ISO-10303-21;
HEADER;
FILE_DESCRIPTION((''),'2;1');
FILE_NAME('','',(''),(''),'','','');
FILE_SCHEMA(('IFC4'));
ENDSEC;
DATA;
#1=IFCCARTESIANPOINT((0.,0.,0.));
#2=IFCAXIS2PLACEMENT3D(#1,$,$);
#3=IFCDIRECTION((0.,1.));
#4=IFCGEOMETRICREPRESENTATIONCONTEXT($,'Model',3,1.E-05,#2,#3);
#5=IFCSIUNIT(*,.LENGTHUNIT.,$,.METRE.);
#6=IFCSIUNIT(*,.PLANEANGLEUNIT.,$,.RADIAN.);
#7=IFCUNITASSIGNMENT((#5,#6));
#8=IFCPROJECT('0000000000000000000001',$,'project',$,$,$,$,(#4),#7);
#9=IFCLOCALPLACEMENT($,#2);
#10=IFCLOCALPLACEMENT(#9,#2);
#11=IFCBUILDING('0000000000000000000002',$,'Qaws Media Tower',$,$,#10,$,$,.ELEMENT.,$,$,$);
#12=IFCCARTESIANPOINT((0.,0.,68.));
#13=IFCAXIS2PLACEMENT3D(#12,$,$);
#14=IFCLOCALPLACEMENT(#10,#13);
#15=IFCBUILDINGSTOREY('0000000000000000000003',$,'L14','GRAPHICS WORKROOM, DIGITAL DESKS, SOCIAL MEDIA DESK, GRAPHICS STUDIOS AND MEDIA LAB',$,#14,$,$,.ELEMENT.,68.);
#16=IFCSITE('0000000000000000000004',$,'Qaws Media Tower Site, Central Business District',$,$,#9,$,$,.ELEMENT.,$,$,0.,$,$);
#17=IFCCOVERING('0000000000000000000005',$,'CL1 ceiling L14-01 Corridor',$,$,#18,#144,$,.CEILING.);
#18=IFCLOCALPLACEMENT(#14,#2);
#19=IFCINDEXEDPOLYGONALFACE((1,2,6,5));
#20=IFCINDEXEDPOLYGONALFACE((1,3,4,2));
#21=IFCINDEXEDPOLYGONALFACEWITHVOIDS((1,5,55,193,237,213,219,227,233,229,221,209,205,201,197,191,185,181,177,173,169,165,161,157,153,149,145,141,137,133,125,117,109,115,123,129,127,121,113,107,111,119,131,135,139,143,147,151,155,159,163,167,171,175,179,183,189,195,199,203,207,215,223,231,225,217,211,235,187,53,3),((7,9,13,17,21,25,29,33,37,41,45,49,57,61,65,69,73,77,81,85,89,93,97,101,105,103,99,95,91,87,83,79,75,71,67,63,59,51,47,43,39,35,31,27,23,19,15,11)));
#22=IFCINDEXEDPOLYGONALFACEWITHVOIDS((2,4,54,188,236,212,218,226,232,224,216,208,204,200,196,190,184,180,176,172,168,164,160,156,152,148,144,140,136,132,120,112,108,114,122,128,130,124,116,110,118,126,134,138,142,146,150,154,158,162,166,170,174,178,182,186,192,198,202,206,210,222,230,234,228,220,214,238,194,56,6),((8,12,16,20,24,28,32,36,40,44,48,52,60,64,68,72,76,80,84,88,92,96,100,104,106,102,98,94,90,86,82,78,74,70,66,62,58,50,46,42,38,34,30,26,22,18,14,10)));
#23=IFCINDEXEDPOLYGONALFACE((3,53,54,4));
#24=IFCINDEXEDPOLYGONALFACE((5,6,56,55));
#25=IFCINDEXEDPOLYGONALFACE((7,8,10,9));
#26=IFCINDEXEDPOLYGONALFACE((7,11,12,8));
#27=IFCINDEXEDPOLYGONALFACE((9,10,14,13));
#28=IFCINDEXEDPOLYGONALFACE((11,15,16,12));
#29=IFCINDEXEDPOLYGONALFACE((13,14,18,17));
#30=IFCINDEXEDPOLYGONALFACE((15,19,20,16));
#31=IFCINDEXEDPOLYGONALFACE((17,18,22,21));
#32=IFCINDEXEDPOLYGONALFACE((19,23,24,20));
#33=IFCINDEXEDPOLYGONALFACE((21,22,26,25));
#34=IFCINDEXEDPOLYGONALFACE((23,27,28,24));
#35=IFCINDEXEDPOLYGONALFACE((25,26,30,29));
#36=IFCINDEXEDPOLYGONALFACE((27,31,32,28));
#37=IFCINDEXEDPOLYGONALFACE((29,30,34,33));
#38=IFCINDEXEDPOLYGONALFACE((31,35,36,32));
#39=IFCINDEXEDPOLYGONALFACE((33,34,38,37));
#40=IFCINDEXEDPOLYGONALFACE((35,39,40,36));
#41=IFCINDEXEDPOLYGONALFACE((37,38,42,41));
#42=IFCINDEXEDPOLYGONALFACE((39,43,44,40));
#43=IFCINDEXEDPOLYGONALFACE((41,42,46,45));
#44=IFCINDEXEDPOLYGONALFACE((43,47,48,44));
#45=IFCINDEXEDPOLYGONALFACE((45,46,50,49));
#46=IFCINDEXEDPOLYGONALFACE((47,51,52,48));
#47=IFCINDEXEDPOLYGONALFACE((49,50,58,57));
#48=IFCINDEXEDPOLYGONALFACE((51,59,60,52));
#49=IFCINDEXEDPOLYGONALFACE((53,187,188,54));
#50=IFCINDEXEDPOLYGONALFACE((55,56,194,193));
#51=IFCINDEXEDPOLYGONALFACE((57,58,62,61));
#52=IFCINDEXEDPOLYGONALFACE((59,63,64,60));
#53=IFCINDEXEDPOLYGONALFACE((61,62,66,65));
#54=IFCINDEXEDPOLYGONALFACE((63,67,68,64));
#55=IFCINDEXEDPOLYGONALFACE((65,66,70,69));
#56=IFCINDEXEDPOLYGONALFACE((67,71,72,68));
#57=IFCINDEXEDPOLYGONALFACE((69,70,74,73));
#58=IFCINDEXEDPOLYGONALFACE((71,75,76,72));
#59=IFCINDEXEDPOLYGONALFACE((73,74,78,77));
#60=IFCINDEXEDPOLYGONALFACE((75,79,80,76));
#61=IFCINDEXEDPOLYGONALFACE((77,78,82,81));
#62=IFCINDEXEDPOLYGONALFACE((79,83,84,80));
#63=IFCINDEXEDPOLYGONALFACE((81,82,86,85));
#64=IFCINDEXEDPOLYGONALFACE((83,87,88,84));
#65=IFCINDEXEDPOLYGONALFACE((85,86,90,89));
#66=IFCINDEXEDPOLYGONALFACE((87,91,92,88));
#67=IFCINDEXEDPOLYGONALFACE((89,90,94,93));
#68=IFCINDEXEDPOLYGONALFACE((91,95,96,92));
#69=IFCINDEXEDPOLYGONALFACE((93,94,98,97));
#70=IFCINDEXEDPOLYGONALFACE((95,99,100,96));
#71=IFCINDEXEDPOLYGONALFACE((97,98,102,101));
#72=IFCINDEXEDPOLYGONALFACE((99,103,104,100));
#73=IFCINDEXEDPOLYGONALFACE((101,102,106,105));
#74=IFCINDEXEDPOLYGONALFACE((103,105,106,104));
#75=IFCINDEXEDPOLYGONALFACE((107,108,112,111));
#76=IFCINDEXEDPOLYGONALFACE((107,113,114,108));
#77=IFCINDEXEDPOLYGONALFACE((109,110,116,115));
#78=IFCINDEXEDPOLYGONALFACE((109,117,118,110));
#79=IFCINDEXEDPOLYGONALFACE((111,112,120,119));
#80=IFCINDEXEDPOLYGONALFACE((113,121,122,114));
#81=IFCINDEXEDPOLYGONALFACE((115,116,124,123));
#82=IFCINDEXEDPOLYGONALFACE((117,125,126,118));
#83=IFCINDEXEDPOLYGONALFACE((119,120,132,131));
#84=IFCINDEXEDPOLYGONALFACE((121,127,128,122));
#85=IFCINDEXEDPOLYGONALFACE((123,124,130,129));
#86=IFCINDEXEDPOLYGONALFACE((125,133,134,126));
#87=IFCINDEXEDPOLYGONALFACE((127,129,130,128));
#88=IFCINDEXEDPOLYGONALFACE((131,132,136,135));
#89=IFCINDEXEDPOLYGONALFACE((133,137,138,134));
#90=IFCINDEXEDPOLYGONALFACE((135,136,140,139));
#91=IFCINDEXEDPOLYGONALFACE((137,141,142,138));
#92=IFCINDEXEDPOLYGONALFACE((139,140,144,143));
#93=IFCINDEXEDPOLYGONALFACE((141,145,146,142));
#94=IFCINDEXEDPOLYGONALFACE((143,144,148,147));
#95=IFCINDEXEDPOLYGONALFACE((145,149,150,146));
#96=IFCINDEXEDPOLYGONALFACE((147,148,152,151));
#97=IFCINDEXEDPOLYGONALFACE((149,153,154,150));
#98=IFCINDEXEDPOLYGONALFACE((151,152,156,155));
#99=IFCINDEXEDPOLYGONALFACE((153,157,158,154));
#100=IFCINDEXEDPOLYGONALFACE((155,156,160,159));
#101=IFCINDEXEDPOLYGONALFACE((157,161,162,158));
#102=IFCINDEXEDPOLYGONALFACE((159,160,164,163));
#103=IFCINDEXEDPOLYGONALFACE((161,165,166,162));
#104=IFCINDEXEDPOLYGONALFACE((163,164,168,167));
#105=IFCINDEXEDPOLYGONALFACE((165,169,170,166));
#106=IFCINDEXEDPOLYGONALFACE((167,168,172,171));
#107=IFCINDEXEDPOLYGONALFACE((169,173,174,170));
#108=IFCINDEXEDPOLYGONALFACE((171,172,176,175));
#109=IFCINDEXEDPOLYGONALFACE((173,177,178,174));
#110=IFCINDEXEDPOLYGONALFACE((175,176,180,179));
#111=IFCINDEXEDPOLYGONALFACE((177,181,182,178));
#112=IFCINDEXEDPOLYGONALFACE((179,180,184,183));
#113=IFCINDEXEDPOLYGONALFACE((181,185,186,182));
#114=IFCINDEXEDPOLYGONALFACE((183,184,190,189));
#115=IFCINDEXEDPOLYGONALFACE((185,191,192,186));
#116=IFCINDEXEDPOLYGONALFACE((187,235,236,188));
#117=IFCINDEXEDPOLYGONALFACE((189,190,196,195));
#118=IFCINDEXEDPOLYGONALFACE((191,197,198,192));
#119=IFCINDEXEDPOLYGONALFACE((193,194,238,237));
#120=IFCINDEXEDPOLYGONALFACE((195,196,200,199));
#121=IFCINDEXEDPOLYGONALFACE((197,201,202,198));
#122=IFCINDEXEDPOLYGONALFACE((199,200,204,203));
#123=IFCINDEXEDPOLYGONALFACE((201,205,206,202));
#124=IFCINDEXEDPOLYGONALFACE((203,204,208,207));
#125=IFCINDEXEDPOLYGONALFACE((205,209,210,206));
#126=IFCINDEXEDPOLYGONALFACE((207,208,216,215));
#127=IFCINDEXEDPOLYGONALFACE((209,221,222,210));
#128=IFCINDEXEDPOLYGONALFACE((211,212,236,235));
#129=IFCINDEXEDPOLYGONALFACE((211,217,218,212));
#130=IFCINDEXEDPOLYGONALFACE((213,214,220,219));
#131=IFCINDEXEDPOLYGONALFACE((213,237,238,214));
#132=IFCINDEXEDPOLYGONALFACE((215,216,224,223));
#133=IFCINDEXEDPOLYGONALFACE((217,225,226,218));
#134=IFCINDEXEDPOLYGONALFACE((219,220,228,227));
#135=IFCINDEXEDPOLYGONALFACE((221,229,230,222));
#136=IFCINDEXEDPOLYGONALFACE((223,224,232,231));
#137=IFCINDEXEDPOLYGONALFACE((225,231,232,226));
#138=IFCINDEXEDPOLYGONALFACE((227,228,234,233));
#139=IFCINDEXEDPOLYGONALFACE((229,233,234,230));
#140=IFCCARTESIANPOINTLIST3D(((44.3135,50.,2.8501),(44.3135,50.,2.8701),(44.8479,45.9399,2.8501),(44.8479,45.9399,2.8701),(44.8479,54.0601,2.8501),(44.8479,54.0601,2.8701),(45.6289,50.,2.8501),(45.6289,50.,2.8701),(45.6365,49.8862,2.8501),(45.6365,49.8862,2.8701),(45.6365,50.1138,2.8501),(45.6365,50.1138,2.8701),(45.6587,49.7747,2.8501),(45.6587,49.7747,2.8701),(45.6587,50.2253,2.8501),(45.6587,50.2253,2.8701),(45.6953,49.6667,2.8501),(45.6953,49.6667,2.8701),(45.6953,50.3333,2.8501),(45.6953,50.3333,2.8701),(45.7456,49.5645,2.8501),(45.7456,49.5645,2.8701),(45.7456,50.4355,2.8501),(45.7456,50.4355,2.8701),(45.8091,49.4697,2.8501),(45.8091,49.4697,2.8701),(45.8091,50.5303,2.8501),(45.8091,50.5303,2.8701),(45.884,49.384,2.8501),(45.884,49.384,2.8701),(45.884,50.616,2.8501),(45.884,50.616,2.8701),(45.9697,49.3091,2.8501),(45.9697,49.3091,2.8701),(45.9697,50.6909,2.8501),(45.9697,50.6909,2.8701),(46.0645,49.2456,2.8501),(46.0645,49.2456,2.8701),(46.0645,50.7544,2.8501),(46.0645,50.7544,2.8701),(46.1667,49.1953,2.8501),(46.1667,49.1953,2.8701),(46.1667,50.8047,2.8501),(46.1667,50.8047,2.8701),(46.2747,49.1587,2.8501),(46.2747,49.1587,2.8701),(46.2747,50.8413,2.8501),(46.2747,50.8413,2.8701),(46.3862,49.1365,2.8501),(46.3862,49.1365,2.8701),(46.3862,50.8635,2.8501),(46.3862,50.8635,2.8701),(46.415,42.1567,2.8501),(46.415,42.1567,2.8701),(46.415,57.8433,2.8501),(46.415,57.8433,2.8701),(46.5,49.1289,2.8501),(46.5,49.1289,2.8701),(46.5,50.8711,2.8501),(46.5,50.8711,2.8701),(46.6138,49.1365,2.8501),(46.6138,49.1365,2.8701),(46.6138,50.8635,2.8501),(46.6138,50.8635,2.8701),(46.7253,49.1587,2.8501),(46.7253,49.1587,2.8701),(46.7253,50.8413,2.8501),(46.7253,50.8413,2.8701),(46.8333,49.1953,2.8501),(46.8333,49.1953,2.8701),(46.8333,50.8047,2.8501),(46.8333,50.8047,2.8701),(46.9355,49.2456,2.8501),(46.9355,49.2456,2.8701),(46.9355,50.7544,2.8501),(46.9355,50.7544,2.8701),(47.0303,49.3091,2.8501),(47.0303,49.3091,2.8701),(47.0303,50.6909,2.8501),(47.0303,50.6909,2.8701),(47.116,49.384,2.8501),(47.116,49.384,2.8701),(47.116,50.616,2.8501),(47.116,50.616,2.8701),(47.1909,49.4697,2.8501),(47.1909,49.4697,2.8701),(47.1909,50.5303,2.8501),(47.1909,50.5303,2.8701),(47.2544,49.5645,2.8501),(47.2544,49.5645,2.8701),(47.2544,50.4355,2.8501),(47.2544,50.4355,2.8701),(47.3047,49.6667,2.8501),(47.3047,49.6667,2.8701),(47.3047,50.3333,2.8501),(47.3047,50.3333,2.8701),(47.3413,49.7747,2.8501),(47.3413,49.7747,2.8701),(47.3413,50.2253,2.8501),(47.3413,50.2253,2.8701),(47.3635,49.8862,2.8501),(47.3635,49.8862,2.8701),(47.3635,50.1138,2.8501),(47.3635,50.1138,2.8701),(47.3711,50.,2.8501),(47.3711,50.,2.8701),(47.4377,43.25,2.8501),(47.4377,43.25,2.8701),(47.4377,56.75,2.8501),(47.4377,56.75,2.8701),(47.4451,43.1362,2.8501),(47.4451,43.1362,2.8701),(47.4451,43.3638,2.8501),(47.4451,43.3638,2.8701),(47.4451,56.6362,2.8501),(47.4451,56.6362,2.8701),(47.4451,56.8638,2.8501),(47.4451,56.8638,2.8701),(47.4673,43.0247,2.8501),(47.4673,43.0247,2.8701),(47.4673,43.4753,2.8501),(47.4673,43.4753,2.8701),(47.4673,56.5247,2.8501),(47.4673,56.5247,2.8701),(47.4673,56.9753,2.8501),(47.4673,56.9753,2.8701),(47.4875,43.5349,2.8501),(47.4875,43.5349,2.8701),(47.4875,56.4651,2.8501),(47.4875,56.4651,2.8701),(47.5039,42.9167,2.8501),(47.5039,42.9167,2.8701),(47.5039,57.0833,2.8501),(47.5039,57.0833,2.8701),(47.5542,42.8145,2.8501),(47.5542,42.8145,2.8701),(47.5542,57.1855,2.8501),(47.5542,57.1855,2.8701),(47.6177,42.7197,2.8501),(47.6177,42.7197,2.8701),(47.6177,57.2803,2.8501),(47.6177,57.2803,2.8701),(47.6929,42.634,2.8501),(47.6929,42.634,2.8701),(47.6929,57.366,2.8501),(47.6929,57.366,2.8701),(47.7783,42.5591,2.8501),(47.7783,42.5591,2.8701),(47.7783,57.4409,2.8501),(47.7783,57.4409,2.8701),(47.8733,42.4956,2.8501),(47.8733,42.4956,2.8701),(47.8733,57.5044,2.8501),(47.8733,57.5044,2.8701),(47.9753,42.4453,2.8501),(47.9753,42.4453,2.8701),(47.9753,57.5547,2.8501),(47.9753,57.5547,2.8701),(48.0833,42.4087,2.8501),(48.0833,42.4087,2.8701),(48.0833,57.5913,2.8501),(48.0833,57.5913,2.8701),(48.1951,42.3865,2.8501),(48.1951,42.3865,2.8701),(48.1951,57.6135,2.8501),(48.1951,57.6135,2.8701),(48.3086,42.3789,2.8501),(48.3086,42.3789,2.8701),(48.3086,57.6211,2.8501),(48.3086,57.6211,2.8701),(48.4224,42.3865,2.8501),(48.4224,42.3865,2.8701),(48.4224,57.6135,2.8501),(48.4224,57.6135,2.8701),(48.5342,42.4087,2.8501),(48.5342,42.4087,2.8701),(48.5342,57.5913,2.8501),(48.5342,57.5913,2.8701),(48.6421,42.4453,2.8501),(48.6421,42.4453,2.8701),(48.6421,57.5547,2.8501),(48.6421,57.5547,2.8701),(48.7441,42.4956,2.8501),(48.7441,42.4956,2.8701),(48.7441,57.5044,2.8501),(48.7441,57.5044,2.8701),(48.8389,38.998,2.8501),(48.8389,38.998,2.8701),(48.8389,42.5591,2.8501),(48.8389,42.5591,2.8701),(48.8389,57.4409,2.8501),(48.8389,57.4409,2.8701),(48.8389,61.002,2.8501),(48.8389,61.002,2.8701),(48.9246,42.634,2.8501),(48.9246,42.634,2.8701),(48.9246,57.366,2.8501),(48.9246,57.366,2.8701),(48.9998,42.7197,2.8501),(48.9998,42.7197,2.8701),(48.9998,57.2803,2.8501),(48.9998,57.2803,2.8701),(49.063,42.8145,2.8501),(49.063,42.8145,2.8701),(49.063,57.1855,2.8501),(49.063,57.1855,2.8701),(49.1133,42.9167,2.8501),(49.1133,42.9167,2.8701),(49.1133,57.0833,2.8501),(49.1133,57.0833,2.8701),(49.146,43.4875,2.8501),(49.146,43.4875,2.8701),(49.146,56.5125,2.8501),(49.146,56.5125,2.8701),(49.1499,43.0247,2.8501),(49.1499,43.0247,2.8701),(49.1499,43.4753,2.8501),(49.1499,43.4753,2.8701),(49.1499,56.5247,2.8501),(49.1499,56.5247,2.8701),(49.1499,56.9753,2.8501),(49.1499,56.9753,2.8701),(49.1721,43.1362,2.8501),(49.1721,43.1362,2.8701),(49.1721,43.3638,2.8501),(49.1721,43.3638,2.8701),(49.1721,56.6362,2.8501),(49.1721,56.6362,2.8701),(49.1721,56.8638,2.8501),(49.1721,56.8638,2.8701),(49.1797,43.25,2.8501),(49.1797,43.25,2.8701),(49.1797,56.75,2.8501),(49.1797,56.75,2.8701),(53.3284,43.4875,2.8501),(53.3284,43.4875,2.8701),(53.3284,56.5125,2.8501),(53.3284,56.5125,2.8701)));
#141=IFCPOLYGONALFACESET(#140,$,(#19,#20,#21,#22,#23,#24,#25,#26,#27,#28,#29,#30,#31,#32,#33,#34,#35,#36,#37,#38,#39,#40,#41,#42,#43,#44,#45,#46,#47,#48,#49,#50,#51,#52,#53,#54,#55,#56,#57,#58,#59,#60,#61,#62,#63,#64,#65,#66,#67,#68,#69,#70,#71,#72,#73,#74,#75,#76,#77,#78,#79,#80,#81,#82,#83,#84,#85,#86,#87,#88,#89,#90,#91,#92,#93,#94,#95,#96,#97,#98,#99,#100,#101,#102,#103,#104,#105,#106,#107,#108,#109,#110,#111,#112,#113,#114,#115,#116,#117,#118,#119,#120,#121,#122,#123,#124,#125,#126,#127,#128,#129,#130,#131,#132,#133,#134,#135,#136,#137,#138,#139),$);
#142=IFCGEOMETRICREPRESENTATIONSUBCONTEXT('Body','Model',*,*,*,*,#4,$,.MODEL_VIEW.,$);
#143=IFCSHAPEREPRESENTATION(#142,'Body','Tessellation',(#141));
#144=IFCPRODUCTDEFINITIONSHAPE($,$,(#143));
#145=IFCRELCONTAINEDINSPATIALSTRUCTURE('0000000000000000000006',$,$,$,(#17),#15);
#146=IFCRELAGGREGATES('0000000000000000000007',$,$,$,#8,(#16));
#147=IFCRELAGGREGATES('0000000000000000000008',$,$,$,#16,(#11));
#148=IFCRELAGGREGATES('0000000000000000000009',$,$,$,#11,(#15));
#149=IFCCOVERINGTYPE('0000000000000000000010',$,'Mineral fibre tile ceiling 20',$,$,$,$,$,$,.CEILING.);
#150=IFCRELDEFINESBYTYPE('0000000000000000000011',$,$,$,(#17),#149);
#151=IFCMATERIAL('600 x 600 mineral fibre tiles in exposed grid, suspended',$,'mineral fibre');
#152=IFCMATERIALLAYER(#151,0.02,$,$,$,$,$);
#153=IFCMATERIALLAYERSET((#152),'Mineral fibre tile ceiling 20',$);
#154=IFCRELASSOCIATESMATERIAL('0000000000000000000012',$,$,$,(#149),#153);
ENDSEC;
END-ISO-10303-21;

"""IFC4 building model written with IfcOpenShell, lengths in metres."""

from ifc_helpers import new_model, si_unit, direction, frame, origin, place, context, subcontext, project, spatial, polyline, outline, extrude, material, layer, layer_set, type_object, element, save


model = new_model("IFC4")

# Units and contexts
model_context = context("Model", 3, precision=1e-05, world=origin(), true_north=direction((0.0, 1.0)))
body_context = subcontext(model_context, "Body", "Model", "MODEL_VIEW")
ifc_project = project(units=[si_unit("LENGTHUNIT", "METRE"), si_unit("PLANEANGLEUNIT", "RADIAN")], contexts=[model_context])

# Site, building, storey
site_placement = place(None, origin())
site = spatial("IfcSite", under=ifc_project, at=site_placement, Name="Qaws Media Tower Site, Central Business District", CompositionType="ELEMENT", RefElevation=0.0)
building_placement = place(site_placement, origin())
building = spatial("IfcBuilding", under=site, at=building_placement, Name="Qaws Media Tower", CompositionType="ELEMENT")
storey_placement = place(building_placement, frame((0.0, 0.0, 68.0)))
storey = spatial("IfcBuildingStorey", under=building, at=storey_placement, Name="L14", Description="GRAPHICS WORKROOM, DIGITAL DESKS, SOCIAL MEDIA DESK, GRAPHICS STUDIOS AND MEDIA LAB", CompositionType="ELEMENT", Elevation=68.0)

# Covering
ifc_material_1 = material(Name="600 x 600 mineral fibre tiles in exposed grid, suspended", Category="mineral fibre")
ifc_layer_1 = layer(ifc_material_1, 0.02)
ifc_layer_set_1 = layer_set([ifc_layer_1], Name="Mineral fibre tile ceiling 20")
covering_type_1 = type_object("IfcCoveringType", Name="Mineral fibre tile ceiling 20", PredefinedType="CEILING", material=ifc_layer_set_1)
covering_1_placement = place(storey_placement, frame((0.0, 0.0, 2.8501)))
element("IfcCovering", 1, at=covering_1_placement, inside=storey, type_object=covering_type_1, Name="CL1 ceiling L14-01 Corridor", PredefinedType="CEILING", context=body_context, shape_type="SweptSolid", body=[
    extrude(outline(polyline([(44.8479, 54.0601), (46.415, 57.8433), (48.8389, 61.002), (53.3284, 56.5125), (49.146, 56.5125), (49.1499, 56.5247), (49.1721, 56.6362), (49.1797, 56.75), (49.1721, 56.8638), (49.1499, 56.9753), (49.1133, 57.0833), (49.063, 57.1855), (48.9998, 57.2803), (48.9246, 57.366), (48.8389, 57.4409), (48.7441, 57.5044), (48.6421, 57.5547), (48.5342, 57.5913), (48.4224, 57.6135), (48.3086, 57.6211), (48.1951, 57.6135), (48.0833, 57.5913), (47.9753, 57.5547), (47.8733, 57.5044), (47.7783, 57.4409), (47.6929, 57.366), (47.6177, 57.2803), (47.5542, 57.1855), (47.5039, 57.0833), (47.4673, 56.9753), (47.4451, 56.8638), (47.4377, 56.75), (47.4451, 56.6362), (47.4673, 56.5247), (47.4875, 56.4651), (47.4875, 43.5349), (47.4673, 43.4753), (47.4451, 43.3638), (47.4377, 43.25), (47.4451, 43.1362), (47.4673, 43.0247), (47.5039, 42.9167), (47.5542, 42.8145), (47.6177, 42.7197), (47.6929, 42.634), (47.7783, 42.5591), (47.8733, 42.4956), (47.9753, 42.4453), (48.0833, 42.4087), (48.1951, 42.3865), (48.3086, 42.3789), (48.4224, 42.3865), (48.5342, 42.4087), (48.6421, 42.4453), (48.7441, 42.4956), (48.8389, 42.5591), (48.9246, 42.634), (48.9998, 42.7197), (49.063, 42.8145), (49.1133, 42.9167), (49.1499, 43.0247), (49.1721, 43.1362), (49.1797, 43.25), (49.1721, 43.3638), (49.1499, 43.4753), (49.146, 43.4875), (53.3284, 43.4875), (48.8389, 38.998), (46.415, 42.1567), (44.8479, 45.9399), (44.3135, 50.0), (44.8479, 54.0601)]), holes=[polyline([(47.3047, 49.6667), (47.3413, 49.7747), (47.3635, 49.8862), (47.3711, 50.0), (47.3635, 50.1138), (47.3413, 50.2253), (47.3047, 50.3333), (47.2544, 50.4355), (47.1909, 50.5303), (47.116, 50.616), (47.0303, 50.6909), (46.9355, 50.7544), (46.8333, 50.8047), (46.7253, 50.8413), (46.6138, 50.8635), (46.5, 50.8711), (46.3862, 50.8635), (46.2747, 50.8413), (46.1667, 50.8047), (46.0645, 50.7544), (45.9697, 50.6909), (45.884, 50.616), (45.8091, 50.5303), (45.7456, 50.4355), (45.6953, 50.3333), (45.6587, 50.2253), (45.6365, 50.1138), (45.6289, 50.0), (45.6365, 49.8862), (45.6587, 49.7747), (45.6953, 49.6667), (45.7456, 49.5645), (45.8091, 49.4697), (45.884, 49.384), (45.9697, 49.3091), (46.0645, 49.2456), (46.1667, 49.1953), (46.2747, 49.1587), (46.3862, 49.1365), (46.5, 49.1289), (46.6138, 49.1365), (46.7253, 49.1587), (46.8333, 49.1953), (46.9355, 49.2456), (47.0303, 49.3091), (47.116, 49.384), (47.1909, 49.4697), (47.2544, 49.5645), (47.3047, 49.6667)])]), origin(), (0.0, 0.0, 1.0), 0.02),
])

save(model, "model.ifc")
